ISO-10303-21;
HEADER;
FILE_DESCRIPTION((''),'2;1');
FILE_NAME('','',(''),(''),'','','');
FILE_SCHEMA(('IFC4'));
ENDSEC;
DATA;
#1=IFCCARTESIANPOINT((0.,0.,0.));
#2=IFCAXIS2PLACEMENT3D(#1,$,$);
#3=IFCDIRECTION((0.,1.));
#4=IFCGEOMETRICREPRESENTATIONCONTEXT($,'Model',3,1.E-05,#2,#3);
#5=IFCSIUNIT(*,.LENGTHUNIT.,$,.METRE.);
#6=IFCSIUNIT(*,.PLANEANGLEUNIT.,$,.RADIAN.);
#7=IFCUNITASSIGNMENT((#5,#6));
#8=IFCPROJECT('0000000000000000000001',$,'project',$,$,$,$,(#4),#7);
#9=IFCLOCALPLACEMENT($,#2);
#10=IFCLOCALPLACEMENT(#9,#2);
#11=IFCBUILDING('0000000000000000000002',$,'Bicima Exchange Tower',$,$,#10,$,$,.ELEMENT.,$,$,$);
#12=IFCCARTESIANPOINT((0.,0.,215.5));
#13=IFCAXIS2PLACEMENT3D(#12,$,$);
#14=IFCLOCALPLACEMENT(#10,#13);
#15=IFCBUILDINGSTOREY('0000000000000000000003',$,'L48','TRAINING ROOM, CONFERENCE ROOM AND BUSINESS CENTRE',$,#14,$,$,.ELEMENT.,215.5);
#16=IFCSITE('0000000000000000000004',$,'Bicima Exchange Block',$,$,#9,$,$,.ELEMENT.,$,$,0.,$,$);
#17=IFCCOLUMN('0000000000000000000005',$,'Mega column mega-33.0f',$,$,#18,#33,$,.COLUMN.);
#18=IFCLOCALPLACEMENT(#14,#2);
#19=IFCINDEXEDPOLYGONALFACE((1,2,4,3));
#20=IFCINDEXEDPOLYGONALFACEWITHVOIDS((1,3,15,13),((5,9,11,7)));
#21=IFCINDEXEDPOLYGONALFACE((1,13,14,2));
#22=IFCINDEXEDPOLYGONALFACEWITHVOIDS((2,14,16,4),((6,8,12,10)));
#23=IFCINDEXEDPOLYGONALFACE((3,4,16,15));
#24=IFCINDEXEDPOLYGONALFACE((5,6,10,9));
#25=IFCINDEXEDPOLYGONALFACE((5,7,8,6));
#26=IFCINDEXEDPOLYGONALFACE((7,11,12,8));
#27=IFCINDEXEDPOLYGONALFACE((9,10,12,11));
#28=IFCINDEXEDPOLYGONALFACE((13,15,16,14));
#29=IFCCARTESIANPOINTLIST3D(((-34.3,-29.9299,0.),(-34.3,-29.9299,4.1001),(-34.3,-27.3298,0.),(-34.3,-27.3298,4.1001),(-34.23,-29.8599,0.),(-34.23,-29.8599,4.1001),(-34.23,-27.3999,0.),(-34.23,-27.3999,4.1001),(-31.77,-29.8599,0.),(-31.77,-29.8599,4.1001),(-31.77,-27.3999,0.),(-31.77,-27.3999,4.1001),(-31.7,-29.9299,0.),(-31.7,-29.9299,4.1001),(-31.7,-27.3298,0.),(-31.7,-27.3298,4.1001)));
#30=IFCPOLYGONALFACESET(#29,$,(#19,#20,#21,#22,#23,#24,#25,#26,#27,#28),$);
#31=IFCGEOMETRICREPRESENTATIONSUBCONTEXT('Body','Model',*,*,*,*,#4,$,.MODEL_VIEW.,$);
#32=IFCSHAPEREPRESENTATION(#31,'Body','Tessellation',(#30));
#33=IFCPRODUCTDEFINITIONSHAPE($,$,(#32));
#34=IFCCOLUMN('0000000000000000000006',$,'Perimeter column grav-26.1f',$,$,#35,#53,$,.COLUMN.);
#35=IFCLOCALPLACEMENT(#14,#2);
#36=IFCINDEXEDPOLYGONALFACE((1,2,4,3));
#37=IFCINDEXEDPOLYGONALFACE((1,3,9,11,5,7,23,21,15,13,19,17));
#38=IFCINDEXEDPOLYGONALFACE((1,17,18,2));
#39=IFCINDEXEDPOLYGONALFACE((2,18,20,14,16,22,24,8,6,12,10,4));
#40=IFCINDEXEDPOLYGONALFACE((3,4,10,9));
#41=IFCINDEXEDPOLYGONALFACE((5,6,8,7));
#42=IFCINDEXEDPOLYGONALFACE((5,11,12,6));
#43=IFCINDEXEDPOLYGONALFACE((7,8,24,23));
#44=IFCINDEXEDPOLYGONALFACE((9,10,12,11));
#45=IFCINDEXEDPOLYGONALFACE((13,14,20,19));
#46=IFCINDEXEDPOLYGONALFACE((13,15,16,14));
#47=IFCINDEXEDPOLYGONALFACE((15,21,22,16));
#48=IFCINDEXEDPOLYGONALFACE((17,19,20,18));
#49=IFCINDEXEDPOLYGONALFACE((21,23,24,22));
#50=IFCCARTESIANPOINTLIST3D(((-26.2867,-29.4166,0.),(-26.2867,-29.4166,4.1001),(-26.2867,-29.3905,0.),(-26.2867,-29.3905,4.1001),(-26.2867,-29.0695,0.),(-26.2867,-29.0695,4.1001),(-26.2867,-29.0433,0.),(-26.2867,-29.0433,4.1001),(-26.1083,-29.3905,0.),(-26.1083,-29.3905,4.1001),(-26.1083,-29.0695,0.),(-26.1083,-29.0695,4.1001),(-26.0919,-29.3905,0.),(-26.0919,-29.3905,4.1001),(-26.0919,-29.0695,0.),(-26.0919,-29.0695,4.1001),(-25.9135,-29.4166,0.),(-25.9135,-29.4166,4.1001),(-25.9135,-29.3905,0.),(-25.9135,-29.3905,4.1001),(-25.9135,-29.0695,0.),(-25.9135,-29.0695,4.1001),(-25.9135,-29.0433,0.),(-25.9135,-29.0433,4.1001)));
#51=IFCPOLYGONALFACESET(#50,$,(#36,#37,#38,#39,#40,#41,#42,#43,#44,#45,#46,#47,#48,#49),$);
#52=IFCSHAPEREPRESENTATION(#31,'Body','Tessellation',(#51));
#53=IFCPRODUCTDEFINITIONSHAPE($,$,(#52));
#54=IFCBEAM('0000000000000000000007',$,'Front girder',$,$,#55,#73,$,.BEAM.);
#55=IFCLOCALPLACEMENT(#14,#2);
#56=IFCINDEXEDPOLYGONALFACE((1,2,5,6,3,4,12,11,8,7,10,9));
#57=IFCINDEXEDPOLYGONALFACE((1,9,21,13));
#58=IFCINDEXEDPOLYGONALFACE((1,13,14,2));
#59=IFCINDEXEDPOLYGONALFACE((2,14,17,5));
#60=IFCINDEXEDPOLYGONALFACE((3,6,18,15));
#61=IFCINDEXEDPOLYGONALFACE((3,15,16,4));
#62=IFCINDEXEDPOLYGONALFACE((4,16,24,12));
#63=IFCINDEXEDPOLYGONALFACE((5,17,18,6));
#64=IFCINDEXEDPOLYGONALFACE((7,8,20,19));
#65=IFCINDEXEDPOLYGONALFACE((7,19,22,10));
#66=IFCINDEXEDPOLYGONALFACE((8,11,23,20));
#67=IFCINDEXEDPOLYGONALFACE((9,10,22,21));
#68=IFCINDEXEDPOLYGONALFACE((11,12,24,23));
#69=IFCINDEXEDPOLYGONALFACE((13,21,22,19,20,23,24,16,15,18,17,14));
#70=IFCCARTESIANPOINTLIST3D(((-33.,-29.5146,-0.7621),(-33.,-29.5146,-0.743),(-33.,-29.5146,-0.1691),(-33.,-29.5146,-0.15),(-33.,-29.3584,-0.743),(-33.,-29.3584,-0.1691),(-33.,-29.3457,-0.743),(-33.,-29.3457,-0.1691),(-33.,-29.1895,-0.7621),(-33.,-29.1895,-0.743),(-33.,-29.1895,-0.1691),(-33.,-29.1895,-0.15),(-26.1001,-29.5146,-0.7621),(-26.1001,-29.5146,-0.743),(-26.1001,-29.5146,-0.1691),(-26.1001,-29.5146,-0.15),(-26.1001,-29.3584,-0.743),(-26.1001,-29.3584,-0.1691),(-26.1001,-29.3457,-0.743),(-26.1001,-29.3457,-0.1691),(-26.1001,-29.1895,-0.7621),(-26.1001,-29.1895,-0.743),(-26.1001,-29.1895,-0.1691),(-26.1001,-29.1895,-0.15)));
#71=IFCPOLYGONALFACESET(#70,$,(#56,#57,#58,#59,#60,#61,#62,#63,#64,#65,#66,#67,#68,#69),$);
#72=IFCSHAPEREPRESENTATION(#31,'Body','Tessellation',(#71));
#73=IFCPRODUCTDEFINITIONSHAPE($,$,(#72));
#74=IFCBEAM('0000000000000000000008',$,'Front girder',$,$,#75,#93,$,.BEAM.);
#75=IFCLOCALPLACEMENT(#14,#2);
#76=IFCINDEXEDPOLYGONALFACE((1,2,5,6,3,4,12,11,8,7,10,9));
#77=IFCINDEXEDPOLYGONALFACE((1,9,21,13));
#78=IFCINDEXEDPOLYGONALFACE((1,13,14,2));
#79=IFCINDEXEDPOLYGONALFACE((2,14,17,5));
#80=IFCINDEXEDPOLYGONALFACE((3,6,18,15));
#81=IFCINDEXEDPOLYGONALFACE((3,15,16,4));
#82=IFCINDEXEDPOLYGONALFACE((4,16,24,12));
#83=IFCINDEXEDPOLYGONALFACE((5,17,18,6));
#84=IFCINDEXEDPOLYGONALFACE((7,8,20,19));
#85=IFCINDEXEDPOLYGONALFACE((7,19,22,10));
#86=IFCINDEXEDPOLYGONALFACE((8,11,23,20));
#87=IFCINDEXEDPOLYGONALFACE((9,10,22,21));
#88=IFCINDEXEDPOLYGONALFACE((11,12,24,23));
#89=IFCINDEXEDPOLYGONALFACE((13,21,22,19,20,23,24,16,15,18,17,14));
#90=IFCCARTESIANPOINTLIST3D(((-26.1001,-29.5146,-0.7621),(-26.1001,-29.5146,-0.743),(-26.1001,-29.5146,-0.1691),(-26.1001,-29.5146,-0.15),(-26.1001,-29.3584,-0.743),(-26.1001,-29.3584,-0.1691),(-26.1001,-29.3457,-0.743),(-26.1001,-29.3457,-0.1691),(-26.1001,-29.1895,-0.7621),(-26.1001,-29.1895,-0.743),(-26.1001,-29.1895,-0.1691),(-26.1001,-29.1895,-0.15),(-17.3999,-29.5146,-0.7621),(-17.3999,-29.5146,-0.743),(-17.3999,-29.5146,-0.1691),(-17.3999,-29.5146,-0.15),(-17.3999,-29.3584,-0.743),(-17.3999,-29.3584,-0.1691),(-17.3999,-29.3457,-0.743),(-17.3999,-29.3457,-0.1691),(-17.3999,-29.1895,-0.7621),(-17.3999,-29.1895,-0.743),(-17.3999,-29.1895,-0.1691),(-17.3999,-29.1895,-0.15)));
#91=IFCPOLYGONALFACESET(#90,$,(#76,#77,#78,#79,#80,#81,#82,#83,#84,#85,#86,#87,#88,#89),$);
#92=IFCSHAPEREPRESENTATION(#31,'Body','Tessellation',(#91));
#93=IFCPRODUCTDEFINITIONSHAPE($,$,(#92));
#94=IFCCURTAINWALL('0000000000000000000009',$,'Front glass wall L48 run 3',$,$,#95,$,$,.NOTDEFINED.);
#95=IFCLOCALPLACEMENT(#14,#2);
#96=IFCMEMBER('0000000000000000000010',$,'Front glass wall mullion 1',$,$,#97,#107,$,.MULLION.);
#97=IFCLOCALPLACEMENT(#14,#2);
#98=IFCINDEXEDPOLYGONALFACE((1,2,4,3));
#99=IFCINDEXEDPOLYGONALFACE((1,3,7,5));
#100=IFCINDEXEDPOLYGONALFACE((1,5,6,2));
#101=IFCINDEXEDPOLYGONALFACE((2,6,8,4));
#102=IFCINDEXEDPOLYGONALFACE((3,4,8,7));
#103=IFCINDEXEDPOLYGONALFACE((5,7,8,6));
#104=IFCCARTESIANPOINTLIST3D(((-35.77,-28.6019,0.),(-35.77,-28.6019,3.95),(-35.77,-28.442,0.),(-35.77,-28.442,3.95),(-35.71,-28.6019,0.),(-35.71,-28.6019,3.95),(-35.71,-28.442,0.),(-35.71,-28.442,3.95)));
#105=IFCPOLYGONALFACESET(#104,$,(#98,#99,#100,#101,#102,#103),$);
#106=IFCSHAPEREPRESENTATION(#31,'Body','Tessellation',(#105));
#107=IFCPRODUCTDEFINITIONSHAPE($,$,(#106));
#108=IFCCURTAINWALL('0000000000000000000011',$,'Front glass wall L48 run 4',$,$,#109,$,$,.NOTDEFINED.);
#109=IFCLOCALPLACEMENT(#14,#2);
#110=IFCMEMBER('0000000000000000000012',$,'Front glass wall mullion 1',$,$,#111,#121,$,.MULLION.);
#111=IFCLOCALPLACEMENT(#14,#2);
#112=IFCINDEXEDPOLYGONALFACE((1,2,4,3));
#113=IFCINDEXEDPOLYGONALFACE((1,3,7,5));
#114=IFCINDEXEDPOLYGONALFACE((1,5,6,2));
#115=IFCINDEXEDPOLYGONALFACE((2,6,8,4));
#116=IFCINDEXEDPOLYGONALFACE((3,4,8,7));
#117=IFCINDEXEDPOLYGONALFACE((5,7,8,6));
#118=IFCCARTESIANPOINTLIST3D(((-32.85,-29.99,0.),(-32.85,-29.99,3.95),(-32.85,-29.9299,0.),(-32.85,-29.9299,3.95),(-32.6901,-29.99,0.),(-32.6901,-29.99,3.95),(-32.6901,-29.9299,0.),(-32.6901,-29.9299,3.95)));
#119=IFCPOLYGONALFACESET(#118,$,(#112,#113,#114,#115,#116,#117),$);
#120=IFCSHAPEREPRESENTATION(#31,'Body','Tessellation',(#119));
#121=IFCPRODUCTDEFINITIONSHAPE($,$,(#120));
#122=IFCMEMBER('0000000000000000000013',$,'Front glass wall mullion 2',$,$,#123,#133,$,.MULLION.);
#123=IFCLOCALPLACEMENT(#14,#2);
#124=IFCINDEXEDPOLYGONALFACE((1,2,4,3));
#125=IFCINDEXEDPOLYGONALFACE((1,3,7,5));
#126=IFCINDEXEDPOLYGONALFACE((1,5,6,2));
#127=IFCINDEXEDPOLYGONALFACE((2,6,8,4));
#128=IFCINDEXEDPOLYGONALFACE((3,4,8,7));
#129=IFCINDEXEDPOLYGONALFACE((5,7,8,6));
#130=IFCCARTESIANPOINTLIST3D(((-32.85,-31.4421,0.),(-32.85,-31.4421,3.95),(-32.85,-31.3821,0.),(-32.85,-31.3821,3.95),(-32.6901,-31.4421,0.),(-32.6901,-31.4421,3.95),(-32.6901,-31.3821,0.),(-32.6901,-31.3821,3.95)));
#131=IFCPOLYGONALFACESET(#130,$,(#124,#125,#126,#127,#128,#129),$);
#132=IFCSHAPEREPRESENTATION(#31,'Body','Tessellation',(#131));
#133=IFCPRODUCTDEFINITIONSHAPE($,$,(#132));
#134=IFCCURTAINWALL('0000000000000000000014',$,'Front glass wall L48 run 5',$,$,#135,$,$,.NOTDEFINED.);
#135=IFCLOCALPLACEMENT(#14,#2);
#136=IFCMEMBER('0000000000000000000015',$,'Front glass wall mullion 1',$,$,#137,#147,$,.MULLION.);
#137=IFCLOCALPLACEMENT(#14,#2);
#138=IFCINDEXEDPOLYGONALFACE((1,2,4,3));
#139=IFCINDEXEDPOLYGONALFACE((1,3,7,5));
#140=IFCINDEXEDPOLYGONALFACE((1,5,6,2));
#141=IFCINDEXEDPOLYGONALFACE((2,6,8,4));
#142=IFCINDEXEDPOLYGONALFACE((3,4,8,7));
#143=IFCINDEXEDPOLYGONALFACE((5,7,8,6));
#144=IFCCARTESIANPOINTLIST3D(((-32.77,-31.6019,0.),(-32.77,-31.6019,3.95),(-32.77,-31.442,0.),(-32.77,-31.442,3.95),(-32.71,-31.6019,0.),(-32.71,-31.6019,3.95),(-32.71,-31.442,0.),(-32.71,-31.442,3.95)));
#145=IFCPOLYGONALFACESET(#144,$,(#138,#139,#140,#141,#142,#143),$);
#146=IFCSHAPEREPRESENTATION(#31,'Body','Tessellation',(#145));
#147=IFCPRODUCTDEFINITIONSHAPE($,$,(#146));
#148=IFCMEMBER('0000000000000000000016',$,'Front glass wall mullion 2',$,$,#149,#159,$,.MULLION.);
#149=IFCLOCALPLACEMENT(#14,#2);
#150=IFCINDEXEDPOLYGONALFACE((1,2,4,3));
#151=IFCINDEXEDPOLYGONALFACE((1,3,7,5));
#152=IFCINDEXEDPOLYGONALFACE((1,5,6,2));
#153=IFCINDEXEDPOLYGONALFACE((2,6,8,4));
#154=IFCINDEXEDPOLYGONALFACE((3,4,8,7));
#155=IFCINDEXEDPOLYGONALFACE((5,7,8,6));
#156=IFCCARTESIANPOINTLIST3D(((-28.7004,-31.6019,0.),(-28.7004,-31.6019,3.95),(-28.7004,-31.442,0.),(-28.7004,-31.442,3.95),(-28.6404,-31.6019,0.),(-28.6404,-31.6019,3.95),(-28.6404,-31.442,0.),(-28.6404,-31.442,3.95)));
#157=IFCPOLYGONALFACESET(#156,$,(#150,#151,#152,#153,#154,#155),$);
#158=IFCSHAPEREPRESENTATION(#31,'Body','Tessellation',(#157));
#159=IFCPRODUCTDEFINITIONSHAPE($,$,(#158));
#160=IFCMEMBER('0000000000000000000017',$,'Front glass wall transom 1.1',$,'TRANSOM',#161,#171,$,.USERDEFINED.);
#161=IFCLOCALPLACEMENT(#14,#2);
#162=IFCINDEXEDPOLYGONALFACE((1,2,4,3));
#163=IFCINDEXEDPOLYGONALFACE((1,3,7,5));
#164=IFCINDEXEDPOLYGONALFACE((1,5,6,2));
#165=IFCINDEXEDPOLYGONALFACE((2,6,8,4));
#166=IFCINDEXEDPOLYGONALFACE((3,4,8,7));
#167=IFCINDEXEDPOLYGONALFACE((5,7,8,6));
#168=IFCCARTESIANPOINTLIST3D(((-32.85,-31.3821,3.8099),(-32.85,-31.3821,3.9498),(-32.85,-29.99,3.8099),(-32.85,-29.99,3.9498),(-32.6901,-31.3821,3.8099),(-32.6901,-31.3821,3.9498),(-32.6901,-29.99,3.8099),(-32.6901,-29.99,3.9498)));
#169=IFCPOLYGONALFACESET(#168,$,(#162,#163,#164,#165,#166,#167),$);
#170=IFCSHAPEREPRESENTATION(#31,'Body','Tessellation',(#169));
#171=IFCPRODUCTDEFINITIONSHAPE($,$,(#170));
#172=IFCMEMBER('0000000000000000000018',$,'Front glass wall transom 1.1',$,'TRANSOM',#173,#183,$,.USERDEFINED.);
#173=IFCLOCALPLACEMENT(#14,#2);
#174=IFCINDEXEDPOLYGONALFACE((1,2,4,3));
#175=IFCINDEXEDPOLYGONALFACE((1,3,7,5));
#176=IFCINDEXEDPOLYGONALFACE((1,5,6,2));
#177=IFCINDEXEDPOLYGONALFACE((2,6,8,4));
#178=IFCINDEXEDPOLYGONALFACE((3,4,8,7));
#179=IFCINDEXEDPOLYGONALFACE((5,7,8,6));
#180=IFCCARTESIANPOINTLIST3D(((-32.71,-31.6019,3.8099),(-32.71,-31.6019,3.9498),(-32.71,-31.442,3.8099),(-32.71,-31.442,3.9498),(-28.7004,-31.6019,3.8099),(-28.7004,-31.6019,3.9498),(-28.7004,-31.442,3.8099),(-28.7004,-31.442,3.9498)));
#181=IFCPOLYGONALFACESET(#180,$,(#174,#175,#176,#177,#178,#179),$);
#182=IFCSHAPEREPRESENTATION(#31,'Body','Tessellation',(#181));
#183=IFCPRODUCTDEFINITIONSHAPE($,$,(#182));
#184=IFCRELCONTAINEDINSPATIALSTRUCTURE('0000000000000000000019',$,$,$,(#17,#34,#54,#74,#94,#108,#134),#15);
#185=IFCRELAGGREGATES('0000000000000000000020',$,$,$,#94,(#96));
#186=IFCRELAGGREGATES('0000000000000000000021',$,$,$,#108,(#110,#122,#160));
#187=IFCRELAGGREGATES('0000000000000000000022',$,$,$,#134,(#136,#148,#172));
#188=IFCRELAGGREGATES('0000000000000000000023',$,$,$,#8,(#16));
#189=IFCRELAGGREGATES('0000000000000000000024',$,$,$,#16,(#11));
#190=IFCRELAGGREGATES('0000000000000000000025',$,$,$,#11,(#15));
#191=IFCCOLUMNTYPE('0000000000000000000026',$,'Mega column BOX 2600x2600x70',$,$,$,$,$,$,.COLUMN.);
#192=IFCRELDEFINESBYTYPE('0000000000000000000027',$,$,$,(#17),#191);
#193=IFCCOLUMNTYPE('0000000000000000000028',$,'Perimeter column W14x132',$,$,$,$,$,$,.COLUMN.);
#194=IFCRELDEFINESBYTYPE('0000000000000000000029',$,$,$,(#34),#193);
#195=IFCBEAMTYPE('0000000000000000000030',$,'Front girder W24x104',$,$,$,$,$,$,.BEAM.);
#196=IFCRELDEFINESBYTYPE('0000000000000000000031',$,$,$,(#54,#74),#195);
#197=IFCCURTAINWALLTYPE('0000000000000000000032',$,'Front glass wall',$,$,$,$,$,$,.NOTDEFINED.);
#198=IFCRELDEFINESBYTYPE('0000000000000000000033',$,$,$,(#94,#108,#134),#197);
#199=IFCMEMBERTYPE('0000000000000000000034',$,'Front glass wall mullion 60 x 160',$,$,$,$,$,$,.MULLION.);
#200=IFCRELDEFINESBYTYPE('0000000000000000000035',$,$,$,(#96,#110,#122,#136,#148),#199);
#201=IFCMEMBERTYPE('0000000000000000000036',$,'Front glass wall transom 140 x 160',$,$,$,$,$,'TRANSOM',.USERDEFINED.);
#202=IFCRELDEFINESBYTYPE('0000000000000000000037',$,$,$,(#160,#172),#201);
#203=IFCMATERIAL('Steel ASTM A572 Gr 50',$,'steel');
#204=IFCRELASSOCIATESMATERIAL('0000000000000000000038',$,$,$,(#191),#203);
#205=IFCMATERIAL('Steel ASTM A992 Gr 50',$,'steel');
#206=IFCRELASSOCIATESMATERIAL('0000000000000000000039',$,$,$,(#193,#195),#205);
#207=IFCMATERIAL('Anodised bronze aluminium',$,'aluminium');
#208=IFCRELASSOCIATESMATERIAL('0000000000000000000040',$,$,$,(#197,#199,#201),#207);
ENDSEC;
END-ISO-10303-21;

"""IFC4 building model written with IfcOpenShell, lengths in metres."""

from ifc_helpers import new_model, si_unit, direction, frame, origin, origin_2d, place, context, subcontext, project, spatial, rectangle, hollow_rectangle, i_section, extrude, material, material_profile, profile_set, type_object, element, aggregate, save


model = new_model("IFC4")

# Units and contexts
model_context = context("Model", 3, precision=1e-05, world=origin(), true_north=direction((0.0, 1.0)))
body_context = subcontext(model_context, "Body", "Model", "MODEL_VIEW")
ifc_project = project(units=[si_unit("LENGTHUNIT", "METRE"), si_unit("PLANEANGLEUNIT", "RADIAN")], contexts=[model_context])

# Site, building, storey
site_placement = place(None, origin())
site = spatial("IfcSite", under=ifc_project, at=site_placement, Name="Bicima Exchange Block", CompositionType="ELEMENT", RefElevation=0.0)
building_placement = place(site_placement, origin())
building = spatial("IfcBuilding", under=site, at=building_placement, Name="Bicima Exchange Tower", CompositionType="ELEMENT")
storey_placement = place(building_placement, frame((0.0, 0.0, 215.5)))
storey = spatial("IfcBuildingStorey", under=building, at=storey_placement, Name="L48", Description="TRAINING ROOM, CONFERENCE ROOM AND BUSINESS CENTRE", CompositionType="ELEMENT", Elevation=215.5)

# Columns
ifc_material_1 = material(Name="Steel ASTM A572 Gr 50", Category="steel")
ifc_material_profile_1 = material_profile(ifc_material_1, hollow_rectangle(XDim=2.6001, YDim=2.6001, WallThickness=0.0701, at=origin_2d()))
ifc_profile_set_1 = profile_set([ifc_material_profile_1], Name="Steel ASTM A572 Gr 50")
column_type_1 = type_object("IfcColumnType", Name="Mega column BOX 2600x2600x70", PredefinedType="COLUMN", material=ifc_profile_set_1)
column_1_placement = place(storey_placement, frame((-33.0, -28.6299, 0.0), z_axis=(0.0, 0.0, 1.0), x_axis=(1.0, 0.0, 0.0)))
element("IfcColumn", 1, at=column_1_placement, inside=storey, type_object=column_type_1, Name="Mega column mega-33.0f", PredefinedType="COLUMN", context=body_context, shape_type="SweptSolid", body=[
    extrude(hollow_rectangle(XDim=2.6001, YDim=2.6001, WallThickness=0.0701, at=origin_2d()), origin(), (0.0, 0.0, 1.0), 4.1001),
])
ifc_material_2 = material(Name="Steel ASTM A992 Gr 50", Category="steel")
ifc_material_profile_2 = material_profile(ifc_material_2, i_section(OverallWidth=0.3733, OverallDepth=0.3733, WebThickness=0.0164, FlangeThickness=0.0261, at=origin_2d()))
ifc_profile_set_2 = profile_set([ifc_material_profile_2], Name="Steel ASTM A992 Gr 50")
column_type_2 = type_object("IfcColumnType", Name="Perimeter column W14x132", PredefinedType="COLUMN", material=ifc_profile_set_2)
column_2_placement = place(storey_placement, frame((-26.1001, -29.23, 0.0), z_axis=(0.0, 0.0, 1.0), x_axis=(1.0, 0.0, 0.0)))
element("IfcColumn", 2, at=column_2_placement, inside=storey, type_object=column_type_2, Name="Perimeter column grav-26.1f", PredefinedType="COLUMN", context=body_context, shape_type="SweptSolid", body=[
    extrude(i_section(OverallWidth=0.3733, OverallDepth=0.3733, WebThickness=0.0164, FlangeThickness=0.0261, at=origin_2d()), origin(), (0.0, 0.0, 1.0), 4.1001),
])

# Beams
ifc_material_profile_3 = material_profile(ifc_material_2, i_section(OverallWidth=0.3252, OverallDepth=0.6121, WebThickness=0.0127, FlangeThickness=0.019, at=origin_2d()))
ifc_profile_set_3 = profile_set([ifc_material_profile_3], Name="Steel ASTM A992 Gr 50")
beam_type = type_object("IfcBeamType", Name="Front girder W24x104", PredefinedType="BEAM", material=ifc_profile_set_3)
beam_1_placement = place(storey_placement, frame((-33.0, -29.3521, -0.4561), z_axis=(1.0, 0.0, 0.0), x_axis=(0.0, 1.0, 0.0)))
element("IfcBeam", 3, at=beam_1_placement, inside=storey, type_object=beam_type, Name="Front girder", PredefinedType="BEAM", context=body_context, shape_type="SweptSolid", body=[
    extrude(i_section(OverallWidth=0.3252, OverallDepth=0.6121, WebThickness=0.0127, FlangeThickness=0.019, at=origin_2d()), origin(), (0.0, 0.0, 1.0), 6.8999),
])
beam_2_placement = place(storey_placement, frame((-26.1001, -29.3521, -0.4561), z_axis=(1.0, 0.0, 0.0), x_axis=(0.0, 1.0, 0.0)))
element("IfcBeam", 4, at=beam_2_placement, inside=storey, type_object=beam_type, Name="Front girder", PredefinedType="BEAM", context=body_context, shape_type="SweptSolid", body=[
    extrude(i_section(OverallWidth=0.3252, OverallDepth=0.6121, WebThickness=0.0127, FlangeThickness=0.019, at=origin_2d()), origin(), (0.0, 0.0, 1.0), 8.7002),
])

# Curtain wall, member
ifc_material_3 = material(Name="Anodised bronze aluminium", Category="aluminium")
curtain_wall_type = type_object("IfcCurtainWallType", Name="Front glass wall", PredefinedType="NOTDEFINED", material=ifc_material_3)
curtain_wall_1_placement = place(storey_placement, origin())
curtain_wall_1 = element("IfcCurtainWall", 5, at=curtain_wall_1_placement, inside=storey, type_object=curtain_wall_type, Name="Front glass wall L48 run 3", PredefinedType="NOTDEFINED")
ifc_material_profile_4 = material_profile(ifc_material_3, rectangle(XDim=0.1599, YDim=0.0601, at=origin_2d()))
ifc_profile_set_4 = profile_set([ifc_material_profile_4], Name="Anodised bronze aluminium")
member_type_1 = type_object("IfcMemberType", Name="Front glass wall mullion 60 x 160", PredefinedType="MULLION", material=ifc_profile_set_4)
member_1_placement = place(storey_placement, frame((-35.74, -28.522, 0.0), z_axis=(0.0, 0.0, 1.0), x_axis=(0.0, 1.0, 0.0)))
member_1 = element("IfcMember", 6, at=member_1_placement, type_object=member_type_1, Name="Front glass wall mullion 1", PredefinedType="MULLION", context=body_context, shape_type="SweptSolid", body=[
    extrude(rectangle(XDim=0.1599, YDim=0.0601, at=origin_2d()), origin(), (0.0, 0.0, 1.0), 3.95),
])
aggregate(curtain_wall_1, [member_1])

# Curtain walls, members
curtain_wall_2_placement = place(storey_placement, origin())
curtain_wall_2 = element("IfcCurtainWall", 7, at=curtain_wall_2_placement, inside=storey, type_object=curtain_wall_type, Name="Front glass wall L48 run 4", PredefinedType="NOTDEFINED")
member_2_placement = place(storey_placement, frame((-32.77, -29.96, 0.0), z_axis=(0.0, 0.0, 1.0), x_axis=(1.0, 0.0, 0.0)))
member_2 = element("IfcMember", 8, at=member_2_placement, type_object=member_type_1, Name="Front glass wall mullion 1", PredefinedType="MULLION", context=body_context, shape_type="SweptSolid", body=[
    extrude(rectangle(XDim=0.1599, YDim=0.0601, at=origin_2d()), origin(), (0.0, 0.0, 1.0), 3.95),
])
member_3_placement = place(storey_placement, frame((-32.77, -31.4121, 0.0), z_axis=(0.0, 0.0, 1.0), x_axis=(1.0, 0.0, 0.0)))
member_3 = element("IfcMember", 9, at=member_3_placement, type_object=member_type_1, Name="Front glass wall mullion 2", PredefinedType="MULLION", context=body_context, shape_type="SweptSolid", body=[
    extrude(rectangle(XDim=0.1599, YDim=0.0601, at=origin_2d()), origin(), (0.0, 0.0, 1.0), 3.95),
])
curtain_wall_3_placement = place(storey_placement, origin())
curtain_wall_3 = element("IfcCurtainWall", 10, at=curtain_wall_3_placement, inside=storey, type_object=curtain_wall_type, Name="Front glass wall L48 run 5", PredefinedType="NOTDEFINED")
member_4_placement = place(storey_placement, frame((-32.74, -31.522, 0.0), z_axis=(0.0, 0.0, 1.0), x_axis=(0.0, 1.0, 0.0)))
member_4 = element("IfcMember", 11, at=member_4_placement, type_object=member_type_1, Name="Front glass wall mullion 1", PredefinedType="MULLION", context=body_context, shape_type="SweptSolid", body=[
    extrude(rectangle(XDim=0.1599, YDim=0.0601, at=origin_2d()), origin(), (0.0, 0.0, 1.0), 3.95),
])
member_5_placement = place(storey_placement, frame((-28.6704, -31.522, 0.0), z_axis=(0.0, 0.0, 1.0), x_axis=(0.0, 1.0, 0.0)))
member_5 = element("IfcMember", 12, at=member_5_placement, type_object=member_type_1, Name="Front glass wall mullion 2", PredefinedType="MULLION", context=body_context, shape_type="SweptSolid", body=[
    extrude(rectangle(XDim=0.1599, YDim=0.0601, at=origin_2d()), origin(), (0.0, 0.0, 1.0), 3.95),
])

# Members
ifc_material_profile_5 = material_profile(ifc_material_3, rectangle(XDim=0.1599, YDim=0.1399, at=origin_2d()))
ifc_profile_set_5 = profile_set([ifc_material_profile_5], Name="Anodised bronze aluminium")
member_type_2 = type_object("IfcMemberType", Name="Front glass wall transom 140 x 160", ElementType="TRANSOM", PredefinedType="USERDEFINED", material=ifc_profile_set_5)
member_6_placement = place(storey_placement, frame((-32.77, -29.99, 3.8799), z_axis=(0.0, -1.0, 0.0), x_axis=(1.0, 0.0, 0.0)))
member_6 = element("IfcMember", 13, at=member_6_placement, type_object=member_type_2, Name="Front glass wall transom 1.1", ObjectType="TRANSOM", PredefinedType="USERDEFINED", context=body_context, shape_type="SweptSolid", body=[
    extrude(rectangle(XDim=0.1599, YDim=0.1399, at=origin_2d()), origin(), (0.0, 0.0, 1.0), 1.3921),
])
member_7_placement = place(storey_placement, frame((-32.71, -31.522, 3.8799), z_axis=(1.0, 0.0, 0.0), x_axis=(0.0, 1.0, 0.0)))
member_7 = element("IfcMember", 14, at=member_7_placement, type_object=member_type_2, Name="Front glass wall transom 1.1", ObjectType="TRANSOM", PredefinedType="USERDEFINED", context=body_context, shape_type="SweptSolid", body=[
    extrude(rectangle(XDim=0.1599, YDim=0.1399, at=origin_2d()), origin(), (0.0, 0.0, 1.0), 4.0095),
])

aggregate(curtain_wall_2, [member_2, member_3, member_6])
aggregate(curtain_wall_3, [member_4, member_5, member_7])

save(model, "model.ifc")
